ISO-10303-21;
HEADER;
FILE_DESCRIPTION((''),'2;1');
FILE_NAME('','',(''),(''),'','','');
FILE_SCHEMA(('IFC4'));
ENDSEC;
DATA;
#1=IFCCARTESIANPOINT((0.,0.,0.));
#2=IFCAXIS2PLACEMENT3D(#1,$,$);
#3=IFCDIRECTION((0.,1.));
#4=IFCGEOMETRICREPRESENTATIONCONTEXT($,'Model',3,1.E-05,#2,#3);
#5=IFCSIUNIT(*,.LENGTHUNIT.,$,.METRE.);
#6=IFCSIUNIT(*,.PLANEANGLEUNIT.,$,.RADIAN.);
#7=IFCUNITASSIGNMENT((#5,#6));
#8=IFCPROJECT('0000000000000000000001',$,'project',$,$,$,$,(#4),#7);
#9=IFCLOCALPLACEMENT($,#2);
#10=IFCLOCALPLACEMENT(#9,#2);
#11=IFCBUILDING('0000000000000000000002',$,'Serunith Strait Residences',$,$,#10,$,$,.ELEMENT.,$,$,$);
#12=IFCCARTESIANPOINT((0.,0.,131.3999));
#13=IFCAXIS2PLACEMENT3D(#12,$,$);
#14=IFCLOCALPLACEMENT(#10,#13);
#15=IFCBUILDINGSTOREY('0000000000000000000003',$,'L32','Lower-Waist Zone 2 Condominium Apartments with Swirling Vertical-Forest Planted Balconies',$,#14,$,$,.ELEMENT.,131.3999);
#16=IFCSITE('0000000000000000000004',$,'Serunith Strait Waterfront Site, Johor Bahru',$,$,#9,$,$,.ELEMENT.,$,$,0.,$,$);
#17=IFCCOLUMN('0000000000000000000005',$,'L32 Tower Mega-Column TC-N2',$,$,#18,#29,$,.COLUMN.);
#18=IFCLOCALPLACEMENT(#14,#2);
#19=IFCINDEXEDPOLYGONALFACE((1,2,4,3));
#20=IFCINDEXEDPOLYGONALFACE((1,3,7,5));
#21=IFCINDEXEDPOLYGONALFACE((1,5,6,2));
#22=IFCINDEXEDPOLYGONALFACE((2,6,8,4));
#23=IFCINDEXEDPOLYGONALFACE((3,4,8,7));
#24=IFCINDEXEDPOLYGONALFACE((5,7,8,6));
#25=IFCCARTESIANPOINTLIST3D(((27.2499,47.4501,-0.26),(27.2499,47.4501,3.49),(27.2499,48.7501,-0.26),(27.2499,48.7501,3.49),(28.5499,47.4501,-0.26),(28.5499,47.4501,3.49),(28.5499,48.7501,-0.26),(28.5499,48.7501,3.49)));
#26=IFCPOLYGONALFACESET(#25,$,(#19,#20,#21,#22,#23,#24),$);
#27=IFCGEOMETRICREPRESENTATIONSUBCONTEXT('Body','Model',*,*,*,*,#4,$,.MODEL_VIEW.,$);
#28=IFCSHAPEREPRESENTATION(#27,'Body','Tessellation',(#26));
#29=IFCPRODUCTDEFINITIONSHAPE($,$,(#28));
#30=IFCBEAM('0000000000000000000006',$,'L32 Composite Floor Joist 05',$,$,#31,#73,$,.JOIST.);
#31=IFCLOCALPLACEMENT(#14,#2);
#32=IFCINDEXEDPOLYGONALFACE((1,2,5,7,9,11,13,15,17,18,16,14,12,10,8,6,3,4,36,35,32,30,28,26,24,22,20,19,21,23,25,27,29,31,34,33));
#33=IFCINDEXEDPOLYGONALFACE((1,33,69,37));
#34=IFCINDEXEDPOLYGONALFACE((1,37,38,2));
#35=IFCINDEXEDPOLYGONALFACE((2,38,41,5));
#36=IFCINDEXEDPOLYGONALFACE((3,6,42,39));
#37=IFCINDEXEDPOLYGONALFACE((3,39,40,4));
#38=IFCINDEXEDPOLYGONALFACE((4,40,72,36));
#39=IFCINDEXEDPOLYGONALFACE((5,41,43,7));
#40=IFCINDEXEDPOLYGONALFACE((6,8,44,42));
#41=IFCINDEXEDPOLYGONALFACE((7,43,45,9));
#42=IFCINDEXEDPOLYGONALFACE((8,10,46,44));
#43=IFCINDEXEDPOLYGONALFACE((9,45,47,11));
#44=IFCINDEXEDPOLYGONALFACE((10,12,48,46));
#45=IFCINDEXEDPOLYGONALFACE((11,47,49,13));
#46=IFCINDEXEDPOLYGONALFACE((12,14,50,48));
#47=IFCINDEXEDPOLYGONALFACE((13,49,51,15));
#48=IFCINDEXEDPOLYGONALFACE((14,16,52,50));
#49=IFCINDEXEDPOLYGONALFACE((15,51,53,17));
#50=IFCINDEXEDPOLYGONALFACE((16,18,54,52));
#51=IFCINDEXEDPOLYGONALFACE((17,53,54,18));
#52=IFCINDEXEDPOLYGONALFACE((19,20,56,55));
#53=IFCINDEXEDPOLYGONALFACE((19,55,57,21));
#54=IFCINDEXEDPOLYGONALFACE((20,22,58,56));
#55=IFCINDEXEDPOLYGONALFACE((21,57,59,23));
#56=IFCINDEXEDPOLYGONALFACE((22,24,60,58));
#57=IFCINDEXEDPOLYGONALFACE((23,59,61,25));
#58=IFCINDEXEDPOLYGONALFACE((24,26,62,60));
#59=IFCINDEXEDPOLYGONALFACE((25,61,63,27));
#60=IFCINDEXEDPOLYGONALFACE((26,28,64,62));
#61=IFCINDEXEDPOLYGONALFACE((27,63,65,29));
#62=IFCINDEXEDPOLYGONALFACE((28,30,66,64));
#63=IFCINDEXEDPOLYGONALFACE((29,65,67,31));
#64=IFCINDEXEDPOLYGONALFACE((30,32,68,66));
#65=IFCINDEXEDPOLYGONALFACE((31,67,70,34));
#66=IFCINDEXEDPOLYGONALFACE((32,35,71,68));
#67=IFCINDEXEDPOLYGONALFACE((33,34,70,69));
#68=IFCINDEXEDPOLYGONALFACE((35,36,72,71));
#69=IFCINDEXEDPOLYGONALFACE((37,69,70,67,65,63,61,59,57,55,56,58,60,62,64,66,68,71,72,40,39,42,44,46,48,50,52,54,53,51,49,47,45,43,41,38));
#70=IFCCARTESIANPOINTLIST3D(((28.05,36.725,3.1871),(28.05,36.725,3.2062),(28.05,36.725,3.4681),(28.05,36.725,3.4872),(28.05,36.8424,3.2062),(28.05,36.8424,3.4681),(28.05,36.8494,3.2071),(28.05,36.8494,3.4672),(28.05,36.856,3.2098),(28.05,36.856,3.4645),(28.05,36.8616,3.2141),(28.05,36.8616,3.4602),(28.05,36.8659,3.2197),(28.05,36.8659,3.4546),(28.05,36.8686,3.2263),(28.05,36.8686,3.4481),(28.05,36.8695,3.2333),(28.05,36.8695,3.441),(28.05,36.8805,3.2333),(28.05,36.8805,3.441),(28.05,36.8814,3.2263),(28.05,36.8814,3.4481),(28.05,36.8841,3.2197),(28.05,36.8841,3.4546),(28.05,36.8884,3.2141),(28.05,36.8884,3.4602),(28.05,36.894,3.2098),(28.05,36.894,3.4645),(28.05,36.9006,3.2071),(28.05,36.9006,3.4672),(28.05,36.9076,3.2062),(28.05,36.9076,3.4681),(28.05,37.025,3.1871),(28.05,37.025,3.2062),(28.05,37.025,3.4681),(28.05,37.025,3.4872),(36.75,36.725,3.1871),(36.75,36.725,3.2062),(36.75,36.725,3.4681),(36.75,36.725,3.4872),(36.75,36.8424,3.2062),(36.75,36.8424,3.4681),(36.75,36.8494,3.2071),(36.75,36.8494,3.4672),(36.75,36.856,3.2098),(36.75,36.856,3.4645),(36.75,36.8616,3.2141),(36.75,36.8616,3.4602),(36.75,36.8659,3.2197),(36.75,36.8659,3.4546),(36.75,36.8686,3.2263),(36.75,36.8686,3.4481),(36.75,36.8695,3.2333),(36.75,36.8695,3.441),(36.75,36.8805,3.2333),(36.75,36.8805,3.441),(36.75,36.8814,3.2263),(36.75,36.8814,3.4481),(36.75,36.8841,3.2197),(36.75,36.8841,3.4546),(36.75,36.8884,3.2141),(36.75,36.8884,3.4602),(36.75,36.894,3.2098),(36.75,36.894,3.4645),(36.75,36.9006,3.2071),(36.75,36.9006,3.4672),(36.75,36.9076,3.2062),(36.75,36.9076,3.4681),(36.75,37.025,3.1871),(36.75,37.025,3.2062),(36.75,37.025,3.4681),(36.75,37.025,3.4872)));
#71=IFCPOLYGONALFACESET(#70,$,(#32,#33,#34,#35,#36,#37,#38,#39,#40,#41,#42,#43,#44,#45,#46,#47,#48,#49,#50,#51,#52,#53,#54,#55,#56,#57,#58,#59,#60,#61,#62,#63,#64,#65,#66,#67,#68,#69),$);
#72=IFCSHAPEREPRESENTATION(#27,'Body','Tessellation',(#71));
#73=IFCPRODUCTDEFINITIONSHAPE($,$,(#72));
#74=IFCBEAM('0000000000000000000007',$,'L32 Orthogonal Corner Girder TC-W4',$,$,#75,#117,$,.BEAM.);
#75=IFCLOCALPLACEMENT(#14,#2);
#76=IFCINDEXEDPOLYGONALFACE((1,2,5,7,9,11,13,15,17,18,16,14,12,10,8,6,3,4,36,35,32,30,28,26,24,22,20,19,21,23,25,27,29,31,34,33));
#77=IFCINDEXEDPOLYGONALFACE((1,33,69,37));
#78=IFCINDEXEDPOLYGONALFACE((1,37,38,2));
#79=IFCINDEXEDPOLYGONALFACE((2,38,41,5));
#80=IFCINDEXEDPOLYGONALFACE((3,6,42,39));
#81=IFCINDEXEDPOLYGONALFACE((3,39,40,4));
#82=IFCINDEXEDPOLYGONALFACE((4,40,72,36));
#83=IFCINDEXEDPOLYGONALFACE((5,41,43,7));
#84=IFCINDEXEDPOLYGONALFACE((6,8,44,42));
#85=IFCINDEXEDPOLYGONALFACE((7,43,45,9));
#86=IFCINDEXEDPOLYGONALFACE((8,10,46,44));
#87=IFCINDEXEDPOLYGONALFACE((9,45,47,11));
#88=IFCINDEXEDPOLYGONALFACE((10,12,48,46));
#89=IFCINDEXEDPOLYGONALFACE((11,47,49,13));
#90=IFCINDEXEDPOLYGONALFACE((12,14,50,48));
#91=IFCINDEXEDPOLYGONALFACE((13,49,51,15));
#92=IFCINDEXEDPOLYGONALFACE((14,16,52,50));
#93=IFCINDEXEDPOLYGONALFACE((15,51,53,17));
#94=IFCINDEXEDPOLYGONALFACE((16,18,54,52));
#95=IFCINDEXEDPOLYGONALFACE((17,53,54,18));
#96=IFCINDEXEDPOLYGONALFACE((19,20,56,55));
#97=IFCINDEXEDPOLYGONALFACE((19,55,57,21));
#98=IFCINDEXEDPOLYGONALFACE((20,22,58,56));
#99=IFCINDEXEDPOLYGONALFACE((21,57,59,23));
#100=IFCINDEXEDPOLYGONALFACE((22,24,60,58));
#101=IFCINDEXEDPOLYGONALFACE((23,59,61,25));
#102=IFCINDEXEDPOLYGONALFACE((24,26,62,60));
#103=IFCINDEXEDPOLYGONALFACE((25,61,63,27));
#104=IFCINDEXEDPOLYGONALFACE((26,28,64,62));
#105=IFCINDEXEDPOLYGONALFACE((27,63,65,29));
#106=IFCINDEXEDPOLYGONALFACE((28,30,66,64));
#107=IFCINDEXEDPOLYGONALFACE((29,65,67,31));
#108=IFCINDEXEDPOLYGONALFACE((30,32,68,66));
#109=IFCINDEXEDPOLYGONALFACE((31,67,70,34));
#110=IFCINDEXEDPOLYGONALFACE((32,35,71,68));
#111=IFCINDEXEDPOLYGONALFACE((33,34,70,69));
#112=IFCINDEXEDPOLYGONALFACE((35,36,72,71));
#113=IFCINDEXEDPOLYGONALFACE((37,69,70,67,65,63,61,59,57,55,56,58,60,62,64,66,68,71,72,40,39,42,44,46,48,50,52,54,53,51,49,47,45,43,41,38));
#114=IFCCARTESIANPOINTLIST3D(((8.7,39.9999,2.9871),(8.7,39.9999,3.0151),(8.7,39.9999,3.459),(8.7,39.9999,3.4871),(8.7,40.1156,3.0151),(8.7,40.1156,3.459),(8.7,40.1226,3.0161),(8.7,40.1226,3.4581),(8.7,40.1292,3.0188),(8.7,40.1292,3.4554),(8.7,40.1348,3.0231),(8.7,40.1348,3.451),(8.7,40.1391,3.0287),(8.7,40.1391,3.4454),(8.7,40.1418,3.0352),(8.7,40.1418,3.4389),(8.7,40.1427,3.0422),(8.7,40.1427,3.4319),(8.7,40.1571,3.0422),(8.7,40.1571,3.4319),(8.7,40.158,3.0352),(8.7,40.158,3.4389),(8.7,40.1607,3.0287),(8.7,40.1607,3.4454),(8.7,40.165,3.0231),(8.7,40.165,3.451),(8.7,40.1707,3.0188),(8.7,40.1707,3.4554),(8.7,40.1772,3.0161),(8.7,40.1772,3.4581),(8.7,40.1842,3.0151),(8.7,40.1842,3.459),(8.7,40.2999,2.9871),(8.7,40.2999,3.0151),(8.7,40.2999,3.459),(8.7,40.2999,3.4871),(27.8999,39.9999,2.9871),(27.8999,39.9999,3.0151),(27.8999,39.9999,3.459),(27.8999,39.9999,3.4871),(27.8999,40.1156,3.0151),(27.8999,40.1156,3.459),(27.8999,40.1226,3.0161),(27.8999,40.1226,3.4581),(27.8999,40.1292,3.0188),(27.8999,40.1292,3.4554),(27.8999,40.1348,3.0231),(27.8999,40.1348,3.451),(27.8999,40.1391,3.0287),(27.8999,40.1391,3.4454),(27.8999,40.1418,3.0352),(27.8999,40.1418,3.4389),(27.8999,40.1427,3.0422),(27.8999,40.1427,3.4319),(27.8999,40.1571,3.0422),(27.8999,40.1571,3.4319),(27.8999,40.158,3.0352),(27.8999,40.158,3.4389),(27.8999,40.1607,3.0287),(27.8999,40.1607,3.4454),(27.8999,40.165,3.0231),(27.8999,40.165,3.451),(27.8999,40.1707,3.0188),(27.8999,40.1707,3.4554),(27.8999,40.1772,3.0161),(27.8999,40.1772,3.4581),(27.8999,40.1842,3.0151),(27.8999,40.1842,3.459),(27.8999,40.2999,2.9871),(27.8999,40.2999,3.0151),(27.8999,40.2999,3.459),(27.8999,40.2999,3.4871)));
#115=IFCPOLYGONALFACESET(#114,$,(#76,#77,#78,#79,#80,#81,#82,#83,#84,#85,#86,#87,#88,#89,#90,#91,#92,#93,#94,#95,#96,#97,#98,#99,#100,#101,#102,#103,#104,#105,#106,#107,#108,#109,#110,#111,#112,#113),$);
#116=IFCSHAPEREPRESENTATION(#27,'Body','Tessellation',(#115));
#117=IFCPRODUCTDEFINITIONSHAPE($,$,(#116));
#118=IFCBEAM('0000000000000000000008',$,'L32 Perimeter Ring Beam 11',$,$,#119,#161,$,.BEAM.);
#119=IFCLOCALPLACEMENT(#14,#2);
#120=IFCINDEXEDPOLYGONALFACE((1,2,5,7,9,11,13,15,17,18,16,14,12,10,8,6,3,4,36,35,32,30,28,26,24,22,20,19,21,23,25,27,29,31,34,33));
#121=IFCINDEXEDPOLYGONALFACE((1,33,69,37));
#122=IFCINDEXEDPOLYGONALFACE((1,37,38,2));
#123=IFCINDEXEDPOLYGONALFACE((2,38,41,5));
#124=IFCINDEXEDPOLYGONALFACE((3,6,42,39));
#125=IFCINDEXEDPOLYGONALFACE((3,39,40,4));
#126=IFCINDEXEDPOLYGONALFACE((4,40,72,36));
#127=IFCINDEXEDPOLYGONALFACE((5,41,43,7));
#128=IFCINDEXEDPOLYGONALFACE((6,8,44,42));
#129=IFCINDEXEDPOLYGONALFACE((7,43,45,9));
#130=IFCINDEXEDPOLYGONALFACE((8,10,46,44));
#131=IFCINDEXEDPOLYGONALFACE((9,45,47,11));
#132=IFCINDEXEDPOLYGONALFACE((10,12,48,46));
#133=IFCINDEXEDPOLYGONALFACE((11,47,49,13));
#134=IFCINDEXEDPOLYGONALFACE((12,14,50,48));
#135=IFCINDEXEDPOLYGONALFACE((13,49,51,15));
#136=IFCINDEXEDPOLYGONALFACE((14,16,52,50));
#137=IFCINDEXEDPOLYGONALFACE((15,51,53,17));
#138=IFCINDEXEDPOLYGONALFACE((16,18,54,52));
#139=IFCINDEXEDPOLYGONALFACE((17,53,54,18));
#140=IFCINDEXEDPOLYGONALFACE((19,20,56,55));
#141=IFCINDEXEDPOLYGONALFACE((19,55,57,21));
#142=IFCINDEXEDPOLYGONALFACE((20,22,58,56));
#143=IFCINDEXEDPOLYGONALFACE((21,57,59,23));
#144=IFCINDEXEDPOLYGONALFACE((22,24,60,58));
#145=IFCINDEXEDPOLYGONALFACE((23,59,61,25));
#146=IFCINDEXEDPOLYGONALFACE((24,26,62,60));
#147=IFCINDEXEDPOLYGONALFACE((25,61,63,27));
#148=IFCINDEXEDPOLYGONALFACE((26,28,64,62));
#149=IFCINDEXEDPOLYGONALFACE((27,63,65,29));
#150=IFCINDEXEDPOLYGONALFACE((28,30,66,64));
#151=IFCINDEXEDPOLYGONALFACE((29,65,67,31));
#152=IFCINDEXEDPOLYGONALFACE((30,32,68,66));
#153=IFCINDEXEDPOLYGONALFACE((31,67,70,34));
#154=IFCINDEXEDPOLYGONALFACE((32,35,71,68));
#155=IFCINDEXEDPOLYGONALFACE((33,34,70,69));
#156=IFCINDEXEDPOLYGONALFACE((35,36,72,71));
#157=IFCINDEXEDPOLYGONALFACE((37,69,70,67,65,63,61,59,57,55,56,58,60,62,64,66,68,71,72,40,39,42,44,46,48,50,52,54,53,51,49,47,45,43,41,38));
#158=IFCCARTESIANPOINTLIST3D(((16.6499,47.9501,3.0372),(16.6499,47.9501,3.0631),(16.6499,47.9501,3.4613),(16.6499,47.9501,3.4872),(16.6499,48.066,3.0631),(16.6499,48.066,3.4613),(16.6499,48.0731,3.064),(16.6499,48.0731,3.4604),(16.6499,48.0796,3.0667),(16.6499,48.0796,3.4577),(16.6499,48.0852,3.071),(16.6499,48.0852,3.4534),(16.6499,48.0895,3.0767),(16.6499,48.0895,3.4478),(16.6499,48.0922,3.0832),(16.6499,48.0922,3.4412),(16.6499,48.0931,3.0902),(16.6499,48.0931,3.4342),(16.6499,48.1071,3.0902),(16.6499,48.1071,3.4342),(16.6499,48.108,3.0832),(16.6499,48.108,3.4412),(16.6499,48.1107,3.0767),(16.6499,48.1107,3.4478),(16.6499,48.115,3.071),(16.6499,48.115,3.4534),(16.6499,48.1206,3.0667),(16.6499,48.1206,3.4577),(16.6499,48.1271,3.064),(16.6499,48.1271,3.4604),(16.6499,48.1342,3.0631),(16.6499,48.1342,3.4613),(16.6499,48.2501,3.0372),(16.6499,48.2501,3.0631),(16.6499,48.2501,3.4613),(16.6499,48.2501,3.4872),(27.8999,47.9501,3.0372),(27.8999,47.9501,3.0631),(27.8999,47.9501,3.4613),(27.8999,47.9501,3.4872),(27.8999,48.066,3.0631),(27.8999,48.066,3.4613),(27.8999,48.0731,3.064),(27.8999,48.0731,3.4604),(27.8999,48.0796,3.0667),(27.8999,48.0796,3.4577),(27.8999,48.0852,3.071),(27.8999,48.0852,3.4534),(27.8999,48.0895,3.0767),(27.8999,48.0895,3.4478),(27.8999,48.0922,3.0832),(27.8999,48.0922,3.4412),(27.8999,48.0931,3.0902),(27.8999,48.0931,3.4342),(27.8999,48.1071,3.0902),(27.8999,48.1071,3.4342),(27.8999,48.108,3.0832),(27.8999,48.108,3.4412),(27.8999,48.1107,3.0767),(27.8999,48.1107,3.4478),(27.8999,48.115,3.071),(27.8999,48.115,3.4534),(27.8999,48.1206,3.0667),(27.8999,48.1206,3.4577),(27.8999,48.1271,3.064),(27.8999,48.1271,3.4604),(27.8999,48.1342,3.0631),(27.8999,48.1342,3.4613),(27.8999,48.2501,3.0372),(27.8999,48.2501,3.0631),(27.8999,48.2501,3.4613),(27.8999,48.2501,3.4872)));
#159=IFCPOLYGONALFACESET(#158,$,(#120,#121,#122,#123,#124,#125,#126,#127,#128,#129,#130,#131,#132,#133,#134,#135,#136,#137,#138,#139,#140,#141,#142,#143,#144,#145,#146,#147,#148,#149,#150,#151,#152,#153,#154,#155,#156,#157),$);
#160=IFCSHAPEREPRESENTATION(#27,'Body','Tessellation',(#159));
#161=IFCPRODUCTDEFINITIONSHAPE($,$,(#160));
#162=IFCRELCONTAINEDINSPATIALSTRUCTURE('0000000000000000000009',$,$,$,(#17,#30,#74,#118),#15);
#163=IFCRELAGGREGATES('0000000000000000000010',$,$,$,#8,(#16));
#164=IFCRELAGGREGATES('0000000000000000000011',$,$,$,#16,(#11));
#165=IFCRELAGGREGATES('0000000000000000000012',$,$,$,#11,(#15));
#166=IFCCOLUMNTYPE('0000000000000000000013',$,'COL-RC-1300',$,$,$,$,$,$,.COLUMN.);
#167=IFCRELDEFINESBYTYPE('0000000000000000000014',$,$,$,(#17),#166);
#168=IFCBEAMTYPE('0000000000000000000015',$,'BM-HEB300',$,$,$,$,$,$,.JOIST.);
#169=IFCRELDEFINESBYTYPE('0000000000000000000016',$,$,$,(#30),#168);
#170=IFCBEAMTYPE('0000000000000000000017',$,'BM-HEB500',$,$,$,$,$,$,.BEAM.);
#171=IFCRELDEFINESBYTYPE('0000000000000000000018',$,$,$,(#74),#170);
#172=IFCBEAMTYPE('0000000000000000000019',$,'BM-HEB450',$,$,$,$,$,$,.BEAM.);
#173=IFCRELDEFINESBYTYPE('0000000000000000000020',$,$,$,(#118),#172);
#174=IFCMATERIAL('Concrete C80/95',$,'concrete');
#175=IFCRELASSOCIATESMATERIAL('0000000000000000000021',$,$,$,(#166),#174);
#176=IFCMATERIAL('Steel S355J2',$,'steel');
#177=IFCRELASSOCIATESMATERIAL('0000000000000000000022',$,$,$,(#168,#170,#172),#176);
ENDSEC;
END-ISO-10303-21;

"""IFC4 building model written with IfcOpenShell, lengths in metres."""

from ifc_helpers import new_model, si_unit, direction, frame, origin, origin_2d, place, context, subcontext, project, spatial, rectangle, i_section, extrude, source, transform, mapped, material, material_profile, profile_set, type_object, element, save


model = new_model("IFC4")

# Units and contexts
model_context = context("Model", 3, precision=1e-05, world=origin(), true_north=direction((0.0, 1.0)))
body_context = subcontext(model_context, "Body", "Model", "MODEL_VIEW")
ifc_project = project(units=[si_unit("LENGTHUNIT", "METRE"), si_unit("PLANEANGLEUNIT", "RADIAN")], contexts=[model_context])

# Site, building, storey
site_placement = place(None, origin())
site = spatial("IfcSite", under=ifc_project, at=site_placement, Name="Serunith Strait Waterfront Site, Johor Bahru", CompositionType="ELEMENT", RefElevation=0.0)
building_placement = place(site_placement, origin())
building = spatial("IfcBuilding", under=site, at=building_placement, Name="Serunith Strait Residences", CompositionType="ELEMENT")
storey_placement = place(building_placement, frame((0.0, 0.0, 131.3999)))
storey = spatial("IfcBuildingStorey", under=building, at=storey_placement, Name="L32", Description="Lower-Waist Zone 2 Condominium Apartments with Swirling Vertical-Forest Planted Balconies", CompositionType="ELEMENT", Elevation=131.3999)

# Column
ifc_material_1 = material(Name="Concrete C80/95", Category="concrete")
ifc_material_profile_1 = material_profile(ifc_material_1, rectangle(XDim=1.3, YDim=1.3, at=origin_2d()), Name="RC 1300x1300")
ifc_profile_set_1 = profile_set([ifc_material_profile_1], Name="Concrete C80/95")
column_type = type_object("IfcColumnType", Name="COL-RC-1300", PredefinedType="COLUMN", material=ifc_profile_set_1)
shared_shape_1 = source(origin(), body_context, "Body", "SweptSolid", [
    extrude(rectangle(XDim=1.3, YDim=1.3, at=origin_2d()), origin(), (0.0, 0.0, 1.0), 3.75),
])
column_placement = place(storey_placement, frame((27.8999, 48.1001, -0.26), z_axis=(0.0, 0.0, 1.0), x_axis=(1.0, 0.0, 0.0)))
element("IfcColumn", 1, at=column_placement, inside=storey, type_object=column_type, Name="L32 Tower Mega-Column TC-N2", PredefinedType="COLUMN", context=body_context, shape_type="MappedRepresentation", body=[
    mapped(shared_shape_1, transform((0.0, 0.0, 0.0), scale=1.0)),
])

# Beams
ifc_material_2 = material(Name="Steel S355J2", Category="steel")
ifc_material_profile_2 = material_profile(ifc_material_2, i_section(OverallWidth=0.3, OverallDepth=0.3, WebThickness=0.011, FlangeThickness=0.019, FilletRadius=0.0271, at=origin_2d()), Name="HEB 300")
ifc_profile_set_2 = profile_set([ifc_material_profile_2], Name="Steel S355J2")
beam_type_1 = type_object("IfcBeamType", Name="BM-HEB300", PredefinedType="JOIST", material=ifc_profile_set_2)
shared_shape_2 = source(origin(), body_context, "Body", "SweptSolid", [
    extrude(i_section(OverallWidth=0.3, OverallDepth=0.3, WebThickness=0.011, FlangeThickness=0.019, FilletRadius=0.0271, at=origin_2d()), origin(), (0.0, 0.0, 1.0), 8.7),
])
beam_1_placement = place(storey_placement, frame((28.05, 36.875, 3.3372), z_axis=(1.0, 0.0, 0.0), x_axis=(0.0, 1.0, 0.0)))
element("IfcBeam", 2, at=beam_1_placement, inside=storey, type_object=beam_type_1, Name="L32 Composite Floor Joist 05", PredefinedType="JOIST", context=body_context, shape_type="MappedRepresentation", body=[
    mapped(shared_shape_2, transform((0.0, 0.0, 0.0), scale=1.0)),
])
ifc_material_profile_3 = material_profile(ifc_material_2, i_section(OverallWidth=0.3, OverallDepth=0.5, WebThickness=0.0144, FlangeThickness=0.0281, FilletRadius=0.0271, at=origin_2d()), Name="HEB 500")
ifc_profile_set_3 = profile_set([ifc_material_profile_3], Name="Steel S355J2")
beam_type_2 = type_object("IfcBeamType", Name="BM-HEB500", PredefinedType="BEAM", material=ifc_profile_set_3)
shared_shape_3 = source(origin(), body_context, "Body", "SweptSolid", [
    extrude(i_section(OverallWidth=0.3, OverallDepth=0.5, WebThickness=0.0144, FlangeThickness=0.0281, FilletRadius=0.0271, at=origin_2d()), origin(), (0.0, 0.0, 1.0), 19.2),
])
beam_2_placement = place(storey_placement, frame((27.8999, 40.1499, 3.2371), z_axis=(-1.0, 0.0, 0.0), x_axis=(0.0, -1.0, 0.0)))
element("IfcBeam", 3, at=beam_2_placement, inside=storey, type_object=beam_type_2, Name="L32 Orthogonal Corner Girder TC-W4", PredefinedType="BEAM", context=body_context, shape_type="MappedRepresentation", body=[
    mapped(shared_shape_3, transform((0.0, 0.0, 0.0), scale=1.0)),
])
ifc_material_profile_4 = material_profile(ifc_material_2, i_section(OverallWidth=0.3, OverallDepth=0.45, WebThickness=0.0139, FlangeThickness=0.0259, FilletRadius=0.0271, at=origin_2d()), Name="HEB 450")
ifc_profile_set_4 = profile_set([ifc_material_profile_4], Name="Steel S355J2")
beam_type_3 = type_object("IfcBeamType", Name="BM-HEB450", PredefinedType="BEAM", material=ifc_profile_set_4)
shared_shape_4 = source(origin(), body_context, "Body", "SweptSolid", [
    extrude(i_section(OverallWidth=0.3, OverallDepth=0.45, WebThickness=0.0139, FlangeThickness=0.0259, FilletRadius=0.0271, at=origin_2d()), origin(), (0.0, 0.0, 1.0), 11.25),
])
beam_3_placement = place(storey_placement, frame((27.8999, 48.1001, 3.2622), z_axis=(-1.0, 0.0, 0.0), x_axis=(0.0, -1.0, 0.0)))
element("IfcBeam", 4, at=beam_3_placement, inside=storey, type_object=beam_type_3, Name="L32 Perimeter Ring Beam 11", PredefinedType="BEAM", context=body_context, shape_type="MappedRepresentation", body=[
    mapped(shared_shape_4, transform((0.0, 0.0, 0.0), scale=1.0)),
])

save(model, "model.ifc")
